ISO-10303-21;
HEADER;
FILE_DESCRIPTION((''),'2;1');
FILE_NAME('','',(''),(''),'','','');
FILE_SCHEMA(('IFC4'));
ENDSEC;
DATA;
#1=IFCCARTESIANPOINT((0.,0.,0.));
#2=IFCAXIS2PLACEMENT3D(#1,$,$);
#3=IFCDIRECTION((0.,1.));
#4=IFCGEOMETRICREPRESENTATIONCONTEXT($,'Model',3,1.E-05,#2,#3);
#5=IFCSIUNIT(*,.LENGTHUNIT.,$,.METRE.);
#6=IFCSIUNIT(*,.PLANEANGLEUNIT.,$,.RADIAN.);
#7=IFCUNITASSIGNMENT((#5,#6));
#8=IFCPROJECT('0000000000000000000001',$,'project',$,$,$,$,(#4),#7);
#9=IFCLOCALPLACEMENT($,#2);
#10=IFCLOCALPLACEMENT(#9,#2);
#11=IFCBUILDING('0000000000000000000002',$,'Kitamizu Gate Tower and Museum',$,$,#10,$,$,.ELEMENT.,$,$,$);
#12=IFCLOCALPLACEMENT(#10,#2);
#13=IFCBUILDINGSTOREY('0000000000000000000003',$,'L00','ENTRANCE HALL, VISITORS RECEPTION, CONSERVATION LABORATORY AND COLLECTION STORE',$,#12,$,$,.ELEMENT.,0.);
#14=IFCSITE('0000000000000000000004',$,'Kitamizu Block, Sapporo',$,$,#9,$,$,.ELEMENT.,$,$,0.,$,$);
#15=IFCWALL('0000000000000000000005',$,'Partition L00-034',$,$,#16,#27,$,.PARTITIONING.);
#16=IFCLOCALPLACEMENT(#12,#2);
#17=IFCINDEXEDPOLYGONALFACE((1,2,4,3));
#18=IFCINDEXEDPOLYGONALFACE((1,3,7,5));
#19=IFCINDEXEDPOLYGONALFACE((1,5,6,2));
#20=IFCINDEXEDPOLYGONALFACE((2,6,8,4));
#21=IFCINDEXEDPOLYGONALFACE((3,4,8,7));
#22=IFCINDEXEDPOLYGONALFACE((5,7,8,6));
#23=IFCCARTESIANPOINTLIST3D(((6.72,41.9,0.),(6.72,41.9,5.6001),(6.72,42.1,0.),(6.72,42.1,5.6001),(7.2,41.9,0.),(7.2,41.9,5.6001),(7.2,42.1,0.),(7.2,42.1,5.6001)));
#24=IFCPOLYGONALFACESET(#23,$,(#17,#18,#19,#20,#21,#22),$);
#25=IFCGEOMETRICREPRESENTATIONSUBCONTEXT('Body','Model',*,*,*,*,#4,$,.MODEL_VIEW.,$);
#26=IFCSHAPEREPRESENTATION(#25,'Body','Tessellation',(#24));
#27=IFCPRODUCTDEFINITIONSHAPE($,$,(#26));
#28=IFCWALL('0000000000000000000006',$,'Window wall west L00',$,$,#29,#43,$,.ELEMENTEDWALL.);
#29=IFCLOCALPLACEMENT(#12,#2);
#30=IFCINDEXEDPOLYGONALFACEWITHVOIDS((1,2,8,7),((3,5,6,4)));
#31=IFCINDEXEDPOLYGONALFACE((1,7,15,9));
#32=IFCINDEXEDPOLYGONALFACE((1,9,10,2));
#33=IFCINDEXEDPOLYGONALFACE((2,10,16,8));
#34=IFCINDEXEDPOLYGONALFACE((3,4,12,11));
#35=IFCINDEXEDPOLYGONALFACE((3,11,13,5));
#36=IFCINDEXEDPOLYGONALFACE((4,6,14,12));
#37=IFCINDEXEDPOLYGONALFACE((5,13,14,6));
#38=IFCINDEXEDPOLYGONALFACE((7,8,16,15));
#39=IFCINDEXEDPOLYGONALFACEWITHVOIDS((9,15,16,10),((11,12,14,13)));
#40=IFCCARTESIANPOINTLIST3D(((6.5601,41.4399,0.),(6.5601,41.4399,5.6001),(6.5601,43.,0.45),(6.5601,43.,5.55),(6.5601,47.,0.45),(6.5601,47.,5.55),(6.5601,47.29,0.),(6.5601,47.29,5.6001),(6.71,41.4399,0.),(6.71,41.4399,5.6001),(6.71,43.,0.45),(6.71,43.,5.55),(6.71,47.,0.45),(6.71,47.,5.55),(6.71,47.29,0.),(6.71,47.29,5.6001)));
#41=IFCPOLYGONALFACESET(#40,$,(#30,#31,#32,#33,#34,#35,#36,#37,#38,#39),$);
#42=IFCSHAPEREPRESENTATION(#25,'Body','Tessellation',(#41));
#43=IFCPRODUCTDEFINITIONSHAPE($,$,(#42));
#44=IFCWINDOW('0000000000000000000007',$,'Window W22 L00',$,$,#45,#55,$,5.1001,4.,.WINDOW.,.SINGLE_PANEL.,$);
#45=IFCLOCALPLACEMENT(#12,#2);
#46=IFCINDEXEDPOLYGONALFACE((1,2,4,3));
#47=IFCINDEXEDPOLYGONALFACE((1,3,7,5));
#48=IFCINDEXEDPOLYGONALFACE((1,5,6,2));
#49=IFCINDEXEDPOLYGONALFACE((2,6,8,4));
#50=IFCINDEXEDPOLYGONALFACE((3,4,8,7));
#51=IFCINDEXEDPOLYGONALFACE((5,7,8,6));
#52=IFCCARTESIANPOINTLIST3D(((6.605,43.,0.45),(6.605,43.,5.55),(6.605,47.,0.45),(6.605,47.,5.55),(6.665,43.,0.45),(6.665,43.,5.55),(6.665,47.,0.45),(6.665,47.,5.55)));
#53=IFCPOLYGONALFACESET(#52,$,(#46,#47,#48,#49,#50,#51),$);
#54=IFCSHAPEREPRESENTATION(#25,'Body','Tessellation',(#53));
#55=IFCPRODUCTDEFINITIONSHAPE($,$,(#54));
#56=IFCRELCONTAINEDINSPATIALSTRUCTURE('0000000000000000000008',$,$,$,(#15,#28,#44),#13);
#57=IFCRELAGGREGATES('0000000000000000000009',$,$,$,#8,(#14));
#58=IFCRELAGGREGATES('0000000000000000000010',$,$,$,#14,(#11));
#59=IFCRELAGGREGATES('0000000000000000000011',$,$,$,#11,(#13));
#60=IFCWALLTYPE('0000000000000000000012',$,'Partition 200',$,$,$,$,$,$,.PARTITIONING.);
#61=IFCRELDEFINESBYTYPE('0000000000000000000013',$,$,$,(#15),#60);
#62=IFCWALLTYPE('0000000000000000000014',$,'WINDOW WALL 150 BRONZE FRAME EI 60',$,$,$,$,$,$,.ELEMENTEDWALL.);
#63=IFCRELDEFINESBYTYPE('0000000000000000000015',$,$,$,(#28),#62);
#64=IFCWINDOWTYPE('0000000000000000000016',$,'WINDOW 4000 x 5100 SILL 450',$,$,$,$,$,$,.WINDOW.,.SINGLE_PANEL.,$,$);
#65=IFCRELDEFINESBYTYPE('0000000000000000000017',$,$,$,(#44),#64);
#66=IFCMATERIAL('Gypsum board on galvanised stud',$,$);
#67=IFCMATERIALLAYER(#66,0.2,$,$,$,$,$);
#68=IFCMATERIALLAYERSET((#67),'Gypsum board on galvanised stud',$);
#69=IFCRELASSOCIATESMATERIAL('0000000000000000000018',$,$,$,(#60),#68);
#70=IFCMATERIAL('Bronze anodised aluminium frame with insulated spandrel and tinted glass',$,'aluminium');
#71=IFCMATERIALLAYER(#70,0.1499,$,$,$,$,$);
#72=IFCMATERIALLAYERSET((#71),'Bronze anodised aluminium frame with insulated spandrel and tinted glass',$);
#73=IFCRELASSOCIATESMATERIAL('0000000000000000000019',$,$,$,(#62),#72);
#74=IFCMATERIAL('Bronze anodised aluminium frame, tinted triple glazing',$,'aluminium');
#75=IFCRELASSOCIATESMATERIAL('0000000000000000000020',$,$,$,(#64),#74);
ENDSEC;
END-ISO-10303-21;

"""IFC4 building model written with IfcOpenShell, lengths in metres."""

from ifc_helpers import new_model, si_unit, direction, frame, frame_2d, origin, place, context, subcontext, project, spatial, rectangle, extrude, material, layer, layer_set, type_object, element, fill, save


model = new_model("IFC4")

# Units and contexts
model_context = context("Model", 3, precision=1e-05, world=origin(), true_north=direction((0.0, 1.0)))
body_context = subcontext(model_context, "Body", "Model", "MODEL_VIEW")
ifc_project = project(units=[si_unit("LENGTHUNIT", "METRE"), si_unit("PLANEANGLEUNIT", "RADIAN")], contexts=[model_context])

# Site, building, storey
site_placement = place(None, origin())
site = spatial("IfcSite", under=ifc_project, at=site_placement, Name="Kitamizu Block, Sapporo", CompositionType="ELEMENT", RefElevation=0.0)
building_placement = place(site_placement, origin())
building = spatial("IfcBuilding", under=site, at=building_placement, Name="Kitamizu Gate Tower and Museum", CompositionType="ELEMENT")
storey_placement = place(building_placement, origin())
storey = spatial("IfcBuildingStorey", under=building, at=storey_placement, Name="L00", Description="ENTRANCE HALL, VISITORS RECEPTION, CONSERVATION LABORATORY AND COLLECTION STORE", CompositionType="ELEMENT", Elevation=0.0)

# Wall
ifc_material_1 = material(Name="Gypsum board on galvanised stud")
ifc_layer_1 = layer(ifc_material_1, 0.2)
ifc_layer_set_1 = layer_set([ifc_layer_1], Name="Gypsum board on galvanised stud")
wall_type_1 = type_object("IfcWallType", Name="Partition 200", PredefinedType="PARTITIONING", material=ifc_layer_set_1)
wall_1_placement = place(storey_placement, frame((7.2, 42.0, 0.0), z_axis=(0.0, 0.0, 1.0), x_axis=(-1.0, 0.0, 0.0)))
element("IfcWall", 1, at=wall_1_placement, inside=storey, type_object=wall_type_1, Name="Partition L00-034", PredefinedType="PARTITIONING", context=body_context, shape_type="SweptSolid", body=[
    extrude(rectangle(XDim=0.48, YDim=0.2, at=frame_2d((0.24, 0.0))), origin(), (0.0, 0.0, 1.0), 5.6001),
])

# Wall, opening, window
ifc_material_2 = material(Name="Bronze anodised aluminium frame with insulated spandrel and tinted glass", Category="aluminium")
ifc_layer_2 = layer(ifc_material_2, 0.1499)
ifc_layer_set_2 = layer_set([ifc_layer_2], Name="Bronze anodised aluminium frame with insulated spandrel and tinted glass")
wall_type_2 = type_object("IfcWallType", Name="WINDOW WALL 150 BRONZE FRAME EI 60", PredefinedType="ELEMENTEDWALL", material=ifc_layer_set_2)
wall_2_placement = place(storey_placement, frame((6.635, 41.4399, 0.0), z_axis=(0.0, 0.0, 1.0), x_axis=(0.0, 1.0, 0.0)))
wall_2 = element("IfcWall", 2, at=wall_2_placement, inside=storey, type_object=wall_type_2, Name="Window wall west L00", PredefinedType="ELEMENTEDWALL", context=body_context, shape_type="SweptSolid", body=[
    extrude(rectangle(XDim=5.8501, YDim=0.1499, at=frame_2d((2.925, 0.0))), origin(), (0.0, 0.0, 1.0), 5.6001),
])
opening_1_placement = place(wall_2_placement, frame((1.5601, 0.0, 0.45)))
opening_1 = element("IfcOpeningElement", 3, at=opening_1_placement, cuts=wall_2, PredefinedType="OPENING", context=body_context, shape_type="SweptSolid", body=[
    extrude(rectangle(XDim=4.0, YDim=5.1001, at=frame_2d((2.0, 2.55))), frame((0.0, 0.085, 0.0), z_axis=(0.0, -1.0, 0.0), x_axis=(1.0, 0.0, 0.0)), (0.0, 0.0, 1.0), 0.1699),
])
ifc_material_3 = material(Name="Bronze anodised aluminium frame, tinted triple glazing", Category="aluminium")
window_type = type_object("IfcWindowType", Name="WINDOW 4000 x 5100 SILL 450", PartitioningType="SINGLE_PANEL", PredefinedType="WINDOW", material=ifc_material_3)
window_placement = place(opening_1_placement, origin())
window = element("IfcWindow", 4, at=window_placement, inside=storey, type_object=window_type, Name="Window W22 L00", OverallHeight=5.1001, OverallWidth=4.0, PartitioningType="SINGLE_PANEL", PredefinedType="WINDOW", context=body_context, shape_type="SweptSolid", body=[
    extrude(rectangle(XDim=4.0, YDim=5.1001, at=frame_2d((2.0, 2.55))), frame((0.0, 0.03, 0.0), z_axis=(0.0, -1.0, 0.0), x_axis=(1.0, 0.0, 0.0)), (0.0, 0.0, 1.0), 0.0601),
])
fill(opening_1, window)

save(model, "model.ifc")
